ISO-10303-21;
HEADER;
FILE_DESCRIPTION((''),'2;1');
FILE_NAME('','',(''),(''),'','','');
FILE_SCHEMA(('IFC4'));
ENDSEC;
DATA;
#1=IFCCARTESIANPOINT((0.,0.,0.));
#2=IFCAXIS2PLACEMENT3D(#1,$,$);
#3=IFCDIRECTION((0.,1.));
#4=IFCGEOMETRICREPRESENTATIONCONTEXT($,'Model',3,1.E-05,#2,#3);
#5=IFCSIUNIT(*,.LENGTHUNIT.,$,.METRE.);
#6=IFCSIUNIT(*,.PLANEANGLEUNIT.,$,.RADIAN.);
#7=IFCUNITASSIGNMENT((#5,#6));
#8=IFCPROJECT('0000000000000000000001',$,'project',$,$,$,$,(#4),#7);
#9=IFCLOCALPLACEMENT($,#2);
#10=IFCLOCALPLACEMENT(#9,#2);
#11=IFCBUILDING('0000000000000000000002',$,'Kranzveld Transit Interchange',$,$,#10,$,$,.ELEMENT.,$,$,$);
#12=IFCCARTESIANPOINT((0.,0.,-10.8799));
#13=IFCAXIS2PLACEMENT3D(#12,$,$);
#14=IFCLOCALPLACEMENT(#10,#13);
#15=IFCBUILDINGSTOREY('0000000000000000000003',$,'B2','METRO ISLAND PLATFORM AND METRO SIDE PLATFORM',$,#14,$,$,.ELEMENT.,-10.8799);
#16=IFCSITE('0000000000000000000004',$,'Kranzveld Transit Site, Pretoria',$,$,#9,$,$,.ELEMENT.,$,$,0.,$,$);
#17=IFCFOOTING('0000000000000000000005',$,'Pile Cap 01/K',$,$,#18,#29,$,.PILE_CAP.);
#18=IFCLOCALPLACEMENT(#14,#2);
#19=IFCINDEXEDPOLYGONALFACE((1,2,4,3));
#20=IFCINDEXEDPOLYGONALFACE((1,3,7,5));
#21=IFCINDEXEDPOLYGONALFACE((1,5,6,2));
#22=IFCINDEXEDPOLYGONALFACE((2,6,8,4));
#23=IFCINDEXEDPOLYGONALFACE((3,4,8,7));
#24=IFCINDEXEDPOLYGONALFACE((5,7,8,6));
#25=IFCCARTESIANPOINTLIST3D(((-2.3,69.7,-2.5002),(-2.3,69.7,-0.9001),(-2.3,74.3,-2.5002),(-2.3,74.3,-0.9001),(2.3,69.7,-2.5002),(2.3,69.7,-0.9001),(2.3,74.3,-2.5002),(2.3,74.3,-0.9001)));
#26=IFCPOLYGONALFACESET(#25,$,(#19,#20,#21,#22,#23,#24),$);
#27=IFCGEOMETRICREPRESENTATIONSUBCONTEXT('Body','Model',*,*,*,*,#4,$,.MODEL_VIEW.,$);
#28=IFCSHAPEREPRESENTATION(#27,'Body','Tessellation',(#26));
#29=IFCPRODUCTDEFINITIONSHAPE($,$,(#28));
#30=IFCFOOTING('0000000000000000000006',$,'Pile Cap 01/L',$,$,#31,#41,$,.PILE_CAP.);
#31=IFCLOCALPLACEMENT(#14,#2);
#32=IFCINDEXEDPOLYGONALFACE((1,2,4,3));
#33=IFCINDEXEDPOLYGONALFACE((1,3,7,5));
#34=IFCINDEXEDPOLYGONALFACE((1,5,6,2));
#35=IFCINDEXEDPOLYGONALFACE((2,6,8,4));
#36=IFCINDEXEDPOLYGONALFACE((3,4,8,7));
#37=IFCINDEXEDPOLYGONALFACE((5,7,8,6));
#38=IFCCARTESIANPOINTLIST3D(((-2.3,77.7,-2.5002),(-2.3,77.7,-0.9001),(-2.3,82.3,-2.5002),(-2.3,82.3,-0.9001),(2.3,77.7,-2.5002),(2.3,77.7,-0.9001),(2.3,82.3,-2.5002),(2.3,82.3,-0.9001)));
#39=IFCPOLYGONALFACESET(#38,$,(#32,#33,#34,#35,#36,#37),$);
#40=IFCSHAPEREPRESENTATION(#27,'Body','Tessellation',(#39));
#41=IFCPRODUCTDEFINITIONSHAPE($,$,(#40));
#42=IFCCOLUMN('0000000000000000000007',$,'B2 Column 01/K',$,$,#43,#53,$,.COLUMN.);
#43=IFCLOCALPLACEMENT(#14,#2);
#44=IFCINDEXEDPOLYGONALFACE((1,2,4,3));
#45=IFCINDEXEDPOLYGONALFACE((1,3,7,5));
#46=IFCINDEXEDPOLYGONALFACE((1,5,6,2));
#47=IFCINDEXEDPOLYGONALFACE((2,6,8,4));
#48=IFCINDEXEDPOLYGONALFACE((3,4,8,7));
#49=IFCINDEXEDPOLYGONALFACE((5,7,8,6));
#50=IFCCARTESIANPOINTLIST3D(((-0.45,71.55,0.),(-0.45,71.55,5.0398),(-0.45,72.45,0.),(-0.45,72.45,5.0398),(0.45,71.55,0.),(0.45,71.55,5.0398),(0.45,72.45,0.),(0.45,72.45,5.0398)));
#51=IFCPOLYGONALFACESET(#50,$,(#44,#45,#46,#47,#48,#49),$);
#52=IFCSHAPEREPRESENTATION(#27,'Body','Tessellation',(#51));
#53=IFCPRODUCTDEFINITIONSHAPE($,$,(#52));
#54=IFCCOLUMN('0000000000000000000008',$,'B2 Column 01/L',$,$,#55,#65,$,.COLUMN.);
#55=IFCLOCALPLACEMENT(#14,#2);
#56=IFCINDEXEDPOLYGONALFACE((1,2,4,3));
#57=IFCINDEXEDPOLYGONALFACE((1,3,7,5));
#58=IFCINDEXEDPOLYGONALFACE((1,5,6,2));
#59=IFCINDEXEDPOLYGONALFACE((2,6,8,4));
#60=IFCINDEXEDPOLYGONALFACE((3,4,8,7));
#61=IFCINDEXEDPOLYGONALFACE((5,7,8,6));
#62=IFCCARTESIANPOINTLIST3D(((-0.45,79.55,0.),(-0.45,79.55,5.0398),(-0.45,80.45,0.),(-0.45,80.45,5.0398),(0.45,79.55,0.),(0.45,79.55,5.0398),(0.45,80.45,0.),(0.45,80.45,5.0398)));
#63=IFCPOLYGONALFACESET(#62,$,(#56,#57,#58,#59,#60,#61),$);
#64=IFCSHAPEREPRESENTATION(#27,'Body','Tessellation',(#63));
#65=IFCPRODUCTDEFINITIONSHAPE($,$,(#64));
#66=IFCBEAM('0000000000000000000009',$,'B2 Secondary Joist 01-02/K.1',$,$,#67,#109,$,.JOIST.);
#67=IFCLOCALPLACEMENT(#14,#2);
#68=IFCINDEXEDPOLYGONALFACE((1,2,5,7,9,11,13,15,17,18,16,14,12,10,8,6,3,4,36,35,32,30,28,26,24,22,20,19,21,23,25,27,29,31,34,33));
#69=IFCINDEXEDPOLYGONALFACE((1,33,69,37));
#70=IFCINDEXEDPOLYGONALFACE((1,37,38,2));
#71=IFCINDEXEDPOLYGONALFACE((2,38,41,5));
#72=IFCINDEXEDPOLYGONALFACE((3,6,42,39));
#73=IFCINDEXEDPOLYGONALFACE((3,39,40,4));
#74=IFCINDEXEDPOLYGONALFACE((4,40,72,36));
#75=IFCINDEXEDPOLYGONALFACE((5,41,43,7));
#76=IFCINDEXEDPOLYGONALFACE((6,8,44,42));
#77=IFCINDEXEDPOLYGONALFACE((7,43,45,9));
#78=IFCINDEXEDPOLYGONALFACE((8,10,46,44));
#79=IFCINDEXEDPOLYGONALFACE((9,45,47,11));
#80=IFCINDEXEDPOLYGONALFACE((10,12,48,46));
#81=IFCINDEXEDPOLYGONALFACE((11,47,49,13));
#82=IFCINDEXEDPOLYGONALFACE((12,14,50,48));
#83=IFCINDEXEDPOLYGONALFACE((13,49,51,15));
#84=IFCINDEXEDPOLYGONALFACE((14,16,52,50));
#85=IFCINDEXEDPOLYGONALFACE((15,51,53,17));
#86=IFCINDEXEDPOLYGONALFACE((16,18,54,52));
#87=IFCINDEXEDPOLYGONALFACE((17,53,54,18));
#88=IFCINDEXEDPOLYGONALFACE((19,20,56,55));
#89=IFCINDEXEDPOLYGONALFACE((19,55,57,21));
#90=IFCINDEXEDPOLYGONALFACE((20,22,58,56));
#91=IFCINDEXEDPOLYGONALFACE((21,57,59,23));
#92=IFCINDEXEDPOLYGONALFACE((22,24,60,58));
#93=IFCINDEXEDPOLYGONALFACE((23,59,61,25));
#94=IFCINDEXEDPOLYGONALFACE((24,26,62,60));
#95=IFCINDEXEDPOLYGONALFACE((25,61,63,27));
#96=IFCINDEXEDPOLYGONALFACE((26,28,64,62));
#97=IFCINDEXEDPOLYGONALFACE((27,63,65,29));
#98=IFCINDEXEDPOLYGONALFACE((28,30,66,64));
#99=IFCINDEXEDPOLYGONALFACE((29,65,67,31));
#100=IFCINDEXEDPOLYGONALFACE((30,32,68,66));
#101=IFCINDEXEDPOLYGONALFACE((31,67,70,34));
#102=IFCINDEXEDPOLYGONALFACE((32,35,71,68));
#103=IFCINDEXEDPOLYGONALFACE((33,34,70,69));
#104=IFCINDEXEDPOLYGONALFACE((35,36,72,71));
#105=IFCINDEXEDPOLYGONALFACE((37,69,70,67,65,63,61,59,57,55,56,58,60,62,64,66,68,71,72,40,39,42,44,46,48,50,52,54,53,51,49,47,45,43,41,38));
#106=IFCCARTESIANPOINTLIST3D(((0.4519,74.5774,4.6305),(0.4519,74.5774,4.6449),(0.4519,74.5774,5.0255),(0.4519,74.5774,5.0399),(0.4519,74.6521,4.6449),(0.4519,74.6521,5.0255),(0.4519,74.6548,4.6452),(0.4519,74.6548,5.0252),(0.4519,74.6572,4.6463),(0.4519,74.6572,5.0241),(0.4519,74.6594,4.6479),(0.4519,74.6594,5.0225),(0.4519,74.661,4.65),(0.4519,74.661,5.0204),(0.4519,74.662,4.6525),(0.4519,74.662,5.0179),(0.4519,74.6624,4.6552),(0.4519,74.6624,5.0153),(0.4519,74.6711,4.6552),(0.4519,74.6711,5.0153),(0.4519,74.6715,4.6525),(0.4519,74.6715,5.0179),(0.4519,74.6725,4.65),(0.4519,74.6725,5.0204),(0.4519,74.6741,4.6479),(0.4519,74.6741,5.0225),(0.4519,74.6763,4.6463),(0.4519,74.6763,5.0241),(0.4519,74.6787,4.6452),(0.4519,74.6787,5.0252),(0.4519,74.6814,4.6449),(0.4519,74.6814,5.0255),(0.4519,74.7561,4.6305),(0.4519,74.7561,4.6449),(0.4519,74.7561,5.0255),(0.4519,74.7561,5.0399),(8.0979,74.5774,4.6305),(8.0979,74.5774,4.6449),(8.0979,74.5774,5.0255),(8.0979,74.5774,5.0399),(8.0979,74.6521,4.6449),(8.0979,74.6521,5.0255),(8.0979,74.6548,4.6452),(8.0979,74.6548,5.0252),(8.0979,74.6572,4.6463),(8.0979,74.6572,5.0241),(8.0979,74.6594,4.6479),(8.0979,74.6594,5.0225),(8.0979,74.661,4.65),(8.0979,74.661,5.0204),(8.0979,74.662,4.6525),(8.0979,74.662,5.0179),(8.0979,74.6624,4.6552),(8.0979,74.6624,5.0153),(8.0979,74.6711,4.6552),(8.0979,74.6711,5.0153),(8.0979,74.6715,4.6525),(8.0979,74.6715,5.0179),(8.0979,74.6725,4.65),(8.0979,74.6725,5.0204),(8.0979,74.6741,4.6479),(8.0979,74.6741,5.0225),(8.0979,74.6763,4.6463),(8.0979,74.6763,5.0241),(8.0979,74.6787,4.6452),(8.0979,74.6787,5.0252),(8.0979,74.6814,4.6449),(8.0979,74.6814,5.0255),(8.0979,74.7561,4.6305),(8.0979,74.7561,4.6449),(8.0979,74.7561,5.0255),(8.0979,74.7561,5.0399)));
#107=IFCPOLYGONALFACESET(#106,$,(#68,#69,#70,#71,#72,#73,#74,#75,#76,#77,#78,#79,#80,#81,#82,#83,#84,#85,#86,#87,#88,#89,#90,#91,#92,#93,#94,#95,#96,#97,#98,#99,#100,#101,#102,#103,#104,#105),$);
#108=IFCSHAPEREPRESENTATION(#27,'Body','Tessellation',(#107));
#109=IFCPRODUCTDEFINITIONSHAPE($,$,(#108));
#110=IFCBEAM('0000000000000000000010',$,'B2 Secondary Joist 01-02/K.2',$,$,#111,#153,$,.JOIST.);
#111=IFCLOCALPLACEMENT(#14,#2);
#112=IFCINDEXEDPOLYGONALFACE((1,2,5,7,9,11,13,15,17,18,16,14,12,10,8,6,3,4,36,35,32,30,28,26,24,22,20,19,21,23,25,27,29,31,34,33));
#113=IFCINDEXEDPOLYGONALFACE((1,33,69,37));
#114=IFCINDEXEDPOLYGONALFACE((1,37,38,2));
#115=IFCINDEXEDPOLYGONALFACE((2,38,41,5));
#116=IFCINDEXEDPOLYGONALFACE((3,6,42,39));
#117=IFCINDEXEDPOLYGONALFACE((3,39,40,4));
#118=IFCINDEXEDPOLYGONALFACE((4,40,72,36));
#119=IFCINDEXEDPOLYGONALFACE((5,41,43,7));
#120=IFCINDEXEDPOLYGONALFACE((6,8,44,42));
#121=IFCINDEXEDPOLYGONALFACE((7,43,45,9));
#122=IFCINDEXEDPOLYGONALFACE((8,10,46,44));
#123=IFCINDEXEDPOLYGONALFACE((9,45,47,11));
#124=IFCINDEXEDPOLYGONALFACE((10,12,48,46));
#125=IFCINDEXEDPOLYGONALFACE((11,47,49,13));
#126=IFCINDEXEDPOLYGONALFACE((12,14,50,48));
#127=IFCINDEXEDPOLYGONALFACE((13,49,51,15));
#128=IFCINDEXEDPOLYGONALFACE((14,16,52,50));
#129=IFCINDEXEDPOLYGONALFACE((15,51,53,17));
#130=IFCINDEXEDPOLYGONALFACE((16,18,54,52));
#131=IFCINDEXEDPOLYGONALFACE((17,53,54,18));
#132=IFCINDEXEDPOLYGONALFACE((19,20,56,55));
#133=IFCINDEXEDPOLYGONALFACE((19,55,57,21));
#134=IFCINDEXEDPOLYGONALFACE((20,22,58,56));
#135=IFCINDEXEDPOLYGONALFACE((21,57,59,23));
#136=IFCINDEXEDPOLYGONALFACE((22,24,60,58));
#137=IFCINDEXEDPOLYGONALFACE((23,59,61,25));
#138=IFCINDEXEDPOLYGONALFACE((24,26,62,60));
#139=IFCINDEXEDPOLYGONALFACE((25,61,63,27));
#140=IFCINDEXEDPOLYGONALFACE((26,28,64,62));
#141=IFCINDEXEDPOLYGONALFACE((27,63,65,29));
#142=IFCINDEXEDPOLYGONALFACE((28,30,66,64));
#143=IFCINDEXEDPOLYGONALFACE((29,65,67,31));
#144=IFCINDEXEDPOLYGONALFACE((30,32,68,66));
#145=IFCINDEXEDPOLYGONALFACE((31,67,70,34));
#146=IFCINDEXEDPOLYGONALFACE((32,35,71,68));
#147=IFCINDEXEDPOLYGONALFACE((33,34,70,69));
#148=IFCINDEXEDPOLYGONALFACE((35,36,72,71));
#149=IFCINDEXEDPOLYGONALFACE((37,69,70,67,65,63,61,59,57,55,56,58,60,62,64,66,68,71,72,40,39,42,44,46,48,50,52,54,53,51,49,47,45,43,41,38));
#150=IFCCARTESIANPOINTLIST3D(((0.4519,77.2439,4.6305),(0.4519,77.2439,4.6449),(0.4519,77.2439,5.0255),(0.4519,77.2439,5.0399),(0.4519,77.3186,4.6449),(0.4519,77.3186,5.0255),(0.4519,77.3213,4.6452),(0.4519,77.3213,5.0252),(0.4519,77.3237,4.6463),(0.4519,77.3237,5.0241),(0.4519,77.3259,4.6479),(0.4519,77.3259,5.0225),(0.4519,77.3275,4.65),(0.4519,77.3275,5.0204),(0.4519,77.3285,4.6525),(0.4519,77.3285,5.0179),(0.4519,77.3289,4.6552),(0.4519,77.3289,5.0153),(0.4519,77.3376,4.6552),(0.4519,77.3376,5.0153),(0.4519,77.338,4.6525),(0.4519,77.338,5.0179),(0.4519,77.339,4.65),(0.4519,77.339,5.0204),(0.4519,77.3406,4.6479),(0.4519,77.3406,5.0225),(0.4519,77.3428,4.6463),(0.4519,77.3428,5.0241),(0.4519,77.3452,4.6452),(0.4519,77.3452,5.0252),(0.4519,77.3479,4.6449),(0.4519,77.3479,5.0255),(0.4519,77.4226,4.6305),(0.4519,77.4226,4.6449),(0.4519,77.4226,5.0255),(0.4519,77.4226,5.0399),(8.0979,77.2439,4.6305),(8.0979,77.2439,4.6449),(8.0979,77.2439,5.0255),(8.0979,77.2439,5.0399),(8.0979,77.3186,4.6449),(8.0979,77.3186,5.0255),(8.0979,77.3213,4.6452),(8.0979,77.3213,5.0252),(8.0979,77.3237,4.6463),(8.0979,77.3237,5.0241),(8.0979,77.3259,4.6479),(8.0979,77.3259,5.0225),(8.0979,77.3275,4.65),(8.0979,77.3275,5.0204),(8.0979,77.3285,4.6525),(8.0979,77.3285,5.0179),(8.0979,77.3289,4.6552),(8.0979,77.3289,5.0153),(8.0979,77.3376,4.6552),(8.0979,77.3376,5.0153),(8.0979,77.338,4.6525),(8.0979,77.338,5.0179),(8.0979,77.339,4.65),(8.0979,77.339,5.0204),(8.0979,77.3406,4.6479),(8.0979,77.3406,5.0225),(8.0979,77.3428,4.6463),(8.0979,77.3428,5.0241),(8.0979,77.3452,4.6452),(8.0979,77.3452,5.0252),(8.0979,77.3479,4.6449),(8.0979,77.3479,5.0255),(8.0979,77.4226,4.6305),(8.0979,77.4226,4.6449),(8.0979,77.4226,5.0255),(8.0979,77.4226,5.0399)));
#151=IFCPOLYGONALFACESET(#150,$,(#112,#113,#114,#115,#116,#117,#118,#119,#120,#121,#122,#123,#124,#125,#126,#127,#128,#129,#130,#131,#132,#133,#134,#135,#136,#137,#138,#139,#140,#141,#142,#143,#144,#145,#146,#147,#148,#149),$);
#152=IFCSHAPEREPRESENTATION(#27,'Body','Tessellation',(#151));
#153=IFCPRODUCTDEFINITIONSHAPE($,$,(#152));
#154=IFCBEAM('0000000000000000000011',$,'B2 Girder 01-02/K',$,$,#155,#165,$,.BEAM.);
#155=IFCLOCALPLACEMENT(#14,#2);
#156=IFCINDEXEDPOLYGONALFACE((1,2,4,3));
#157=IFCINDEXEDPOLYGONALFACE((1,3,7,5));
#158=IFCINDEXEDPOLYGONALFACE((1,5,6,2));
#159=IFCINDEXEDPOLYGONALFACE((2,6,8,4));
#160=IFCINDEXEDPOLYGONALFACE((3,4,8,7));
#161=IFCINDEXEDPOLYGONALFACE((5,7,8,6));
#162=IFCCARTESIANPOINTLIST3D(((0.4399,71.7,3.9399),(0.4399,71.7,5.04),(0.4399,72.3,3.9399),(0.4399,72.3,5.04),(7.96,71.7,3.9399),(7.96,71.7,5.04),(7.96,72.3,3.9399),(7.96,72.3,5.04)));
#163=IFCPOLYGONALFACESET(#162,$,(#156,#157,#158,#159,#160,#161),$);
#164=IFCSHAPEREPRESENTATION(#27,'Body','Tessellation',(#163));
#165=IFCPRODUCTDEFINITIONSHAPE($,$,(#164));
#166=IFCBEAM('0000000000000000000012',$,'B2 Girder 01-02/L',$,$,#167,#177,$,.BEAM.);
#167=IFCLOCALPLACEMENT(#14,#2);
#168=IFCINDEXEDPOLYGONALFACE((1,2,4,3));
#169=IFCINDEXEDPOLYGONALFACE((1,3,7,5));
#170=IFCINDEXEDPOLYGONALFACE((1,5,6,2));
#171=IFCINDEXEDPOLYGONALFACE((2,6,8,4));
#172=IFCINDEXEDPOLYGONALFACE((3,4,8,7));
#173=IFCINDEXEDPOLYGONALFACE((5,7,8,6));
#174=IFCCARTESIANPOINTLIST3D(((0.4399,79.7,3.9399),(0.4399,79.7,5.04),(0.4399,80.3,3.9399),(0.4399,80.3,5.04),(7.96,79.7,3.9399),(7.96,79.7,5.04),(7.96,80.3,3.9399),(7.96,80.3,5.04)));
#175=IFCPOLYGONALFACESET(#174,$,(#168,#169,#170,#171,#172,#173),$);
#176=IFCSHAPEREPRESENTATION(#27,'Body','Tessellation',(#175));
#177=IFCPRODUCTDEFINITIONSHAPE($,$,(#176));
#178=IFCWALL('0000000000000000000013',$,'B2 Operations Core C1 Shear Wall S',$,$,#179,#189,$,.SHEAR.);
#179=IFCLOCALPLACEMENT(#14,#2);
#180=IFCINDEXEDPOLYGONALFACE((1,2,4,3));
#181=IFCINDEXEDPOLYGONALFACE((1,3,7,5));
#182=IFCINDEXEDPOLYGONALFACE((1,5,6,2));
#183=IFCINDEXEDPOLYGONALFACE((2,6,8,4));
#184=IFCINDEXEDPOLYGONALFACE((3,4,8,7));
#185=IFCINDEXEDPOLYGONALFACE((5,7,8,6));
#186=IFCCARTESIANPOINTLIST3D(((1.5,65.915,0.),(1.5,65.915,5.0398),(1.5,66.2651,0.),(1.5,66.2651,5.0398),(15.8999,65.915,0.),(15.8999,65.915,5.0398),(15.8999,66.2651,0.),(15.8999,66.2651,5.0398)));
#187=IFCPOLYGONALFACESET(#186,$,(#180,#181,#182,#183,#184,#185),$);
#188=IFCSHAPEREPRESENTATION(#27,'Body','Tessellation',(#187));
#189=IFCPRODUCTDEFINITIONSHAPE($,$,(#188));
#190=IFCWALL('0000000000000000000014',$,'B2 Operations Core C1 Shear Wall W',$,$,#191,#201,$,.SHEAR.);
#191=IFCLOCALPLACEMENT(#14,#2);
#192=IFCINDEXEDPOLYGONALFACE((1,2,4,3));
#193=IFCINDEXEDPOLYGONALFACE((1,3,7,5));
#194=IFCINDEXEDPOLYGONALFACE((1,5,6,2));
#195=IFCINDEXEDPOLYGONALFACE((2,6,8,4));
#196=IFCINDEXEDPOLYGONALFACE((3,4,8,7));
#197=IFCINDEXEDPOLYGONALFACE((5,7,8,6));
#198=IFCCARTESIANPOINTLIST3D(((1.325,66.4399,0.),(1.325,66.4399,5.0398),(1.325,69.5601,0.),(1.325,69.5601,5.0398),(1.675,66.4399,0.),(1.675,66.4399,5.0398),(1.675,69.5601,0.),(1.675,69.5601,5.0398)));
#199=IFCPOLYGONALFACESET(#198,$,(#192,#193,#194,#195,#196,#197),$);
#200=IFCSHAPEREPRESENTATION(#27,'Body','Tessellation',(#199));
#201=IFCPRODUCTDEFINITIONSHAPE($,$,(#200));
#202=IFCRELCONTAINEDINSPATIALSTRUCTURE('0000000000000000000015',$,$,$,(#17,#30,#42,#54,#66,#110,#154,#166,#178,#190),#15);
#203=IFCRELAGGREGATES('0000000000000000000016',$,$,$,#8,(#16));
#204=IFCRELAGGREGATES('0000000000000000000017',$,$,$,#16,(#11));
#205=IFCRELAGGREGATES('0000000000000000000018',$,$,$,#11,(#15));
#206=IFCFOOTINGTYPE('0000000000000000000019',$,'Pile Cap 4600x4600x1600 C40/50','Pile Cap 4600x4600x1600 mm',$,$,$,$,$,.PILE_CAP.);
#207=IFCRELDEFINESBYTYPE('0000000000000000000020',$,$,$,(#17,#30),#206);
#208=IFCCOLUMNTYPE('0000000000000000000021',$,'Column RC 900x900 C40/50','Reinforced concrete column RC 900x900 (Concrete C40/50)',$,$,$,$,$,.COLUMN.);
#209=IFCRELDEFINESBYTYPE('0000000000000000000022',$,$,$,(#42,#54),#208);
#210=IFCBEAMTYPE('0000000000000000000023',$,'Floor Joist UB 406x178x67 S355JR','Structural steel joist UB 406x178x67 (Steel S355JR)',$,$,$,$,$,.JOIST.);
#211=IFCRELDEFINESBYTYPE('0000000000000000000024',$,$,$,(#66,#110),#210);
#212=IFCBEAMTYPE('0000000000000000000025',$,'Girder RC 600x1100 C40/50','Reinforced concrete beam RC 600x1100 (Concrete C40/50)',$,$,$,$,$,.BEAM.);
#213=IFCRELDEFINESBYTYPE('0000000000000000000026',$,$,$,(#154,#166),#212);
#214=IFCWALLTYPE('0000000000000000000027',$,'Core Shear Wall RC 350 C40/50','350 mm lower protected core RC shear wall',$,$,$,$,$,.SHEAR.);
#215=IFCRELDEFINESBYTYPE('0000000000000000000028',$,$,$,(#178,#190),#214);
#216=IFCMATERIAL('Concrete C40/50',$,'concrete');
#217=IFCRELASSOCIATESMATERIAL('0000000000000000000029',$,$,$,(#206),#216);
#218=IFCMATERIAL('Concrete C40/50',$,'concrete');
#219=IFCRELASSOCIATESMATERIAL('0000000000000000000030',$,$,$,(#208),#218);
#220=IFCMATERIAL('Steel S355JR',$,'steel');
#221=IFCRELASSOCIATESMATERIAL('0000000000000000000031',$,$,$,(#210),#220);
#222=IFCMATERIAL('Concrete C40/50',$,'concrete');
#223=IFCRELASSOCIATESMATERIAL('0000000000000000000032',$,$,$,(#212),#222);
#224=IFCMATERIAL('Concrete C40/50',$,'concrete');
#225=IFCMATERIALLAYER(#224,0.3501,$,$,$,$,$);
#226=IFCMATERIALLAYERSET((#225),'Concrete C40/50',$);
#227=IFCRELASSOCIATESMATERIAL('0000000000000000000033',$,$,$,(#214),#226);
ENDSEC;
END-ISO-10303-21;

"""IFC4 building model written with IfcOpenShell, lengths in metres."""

from ifc_helpers import new_model, si_unit, direction, frame, frame_2d, origin, origin_2d, place, context, subcontext, project, spatial, rectangle, i_section, extrude, material, layer, layer_set, material_profile, profile_set, type_object, element, save


model = new_model("IFC4")

# Units and contexts
model_context = context("Model", 3, precision=1e-05, world=origin(), true_north=direction((0.0, 1.0)))
body_context = subcontext(model_context, "Body", "Model", "MODEL_VIEW")
ifc_project = project(units=[si_unit("LENGTHUNIT", "METRE"), si_unit("PLANEANGLEUNIT", "RADIAN")], contexts=[model_context])

# Site, building, storey
site_placement = place(None, origin())
site = spatial("IfcSite", under=ifc_project, at=site_placement, Name="Kranzveld Transit Site, Pretoria", CompositionType="ELEMENT", RefElevation=0.0)
building_placement = place(site_placement, origin())
building = spatial("IfcBuilding", under=site, at=building_placement, Name="Kranzveld Transit Interchange", CompositionType="ELEMENT")
storey_placement = place(building_placement, frame((0.0, 0.0, -10.8799)))
storey = spatial("IfcBuildingStorey", under=building, at=storey_placement, Name="B2", Description="METRO ISLAND PLATFORM AND METRO SIDE PLATFORM", CompositionType="ELEMENT", Elevation=-10.8799)

# Footings
ifc_material_1 = material(Name="Concrete C40/50", Category="concrete")
footing_type = type_object("IfcFootingType", Name="Pile Cap 4600x4600x1600 C40/50", Description="Pile Cap 4600x4600x1600 mm", PredefinedType="PILE_CAP", material=ifc_material_1)
for number, where, z_axis, x_axis, name in (
    (1, (0.0, 72.0, -2.5002), (0.0, 0.0, 1.0), (1.0, 0.0, 0.0), "Pile Cap 01/K"),
    (2, (0.0, 80.0, -2.5002), (0.0, 0.0, 1.0), (1.0, 0.0, 0.0), "Pile Cap 01/L"),
):
    element("IfcFooting", number, at=place(storey_placement, frame(where, z_axis=z_axis, x_axis=x_axis)), inside=storey, type_object=footing_type, Name=name, PredefinedType="PILE_CAP", context=body_context, shape_type="SweptSolid", body=[
        extrude(rectangle(XDim=4.6001, YDim=4.6001, at=origin_2d()), origin(), (0.0, 0.0, 1.0), 1.6001),
    ])

# Columns
ifc_material_2 = material(Name="Concrete C40/50", Category="concrete")
ifc_material_profile_1 = material_profile(ifc_material_2, rectangle(XDim=0.8999, YDim=0.8999, at=origin_2d()), Name="RC 900x900")
ifc_profile_set_1 = profile_set([ifc_material_profile_1], Name="Concrete C40/50")
column_type = type_object("IfcColumnType", Name="Column RC 900x900 C40/50", Description="Reinforced concrete column RC 900x900 (Concrete C40/50)", PredefinedType="COLUMN", material=ifc_profile_set_1)
for number, where, z_axis, x_axis, name in (
    (3, (0.0, 72.0, 0.0), (0.0, 0.0, 1.0), (1.0, 0.0, 0.0), "B2 Column 01/K"),
    (4, (0.0, 80.0, 0.0), (0.0, 0.0, 1.0), (1.0, 0.0, 0.0), "B2 Column 01/L"),
):
    element("IfcColumn", number, at=place(storey_placement, frame(where, z_axis=z_axis, x_axis=x_axis)), inside=storey, type_object=column_type, Name=name, PredefinedType="COLUMN", context=body_context, shape_type="SweptSolid", body=[
        extrude(rectangle(XDim=0.8999, YDim=0.8999, at=origin_2d()), origin(), (0.0, 0.0, 1.0), 5.0398),
    ])

# Beams
ifc_material_3 = material(Name="Steel S355JR", Category="steel")
ifc_material_profile_2 = material_profile(ifc_material_3, i_section(OverallWidth=0.1787, OverallDepth=0.4094, WebThickness=0.0088, FlangeThickness=0.0144, FilletRadius=0.0103, at=origin_2d()), Name="UB 406x178x67")
ifc_profile_set_2 = profile_set([ifc_material_profile_2], Name="Steel S355JR")
beam_type_1 = type_object("IfcBeamType", Name="Floor Joist UB 406x178x67 S355JR", Description="Structural steel joist UB 406x178x67 (Steel S355JR)", PredefinedType="JOIST", material=ifc_profile_set_2)
for number, where, z_axis, x_axis, name in (
    (5, (0.4519, 74.6667, 4.8352), (1.0, 0.0, 0.0), (0.0, 1.0, 0.0), "B2 Secondary Joist 01-02/K.1"),
    (6, (0.4519, 77.3333, 4.8352), (1.0, 0.0, 0.0), (0.0, 1.0, 0.0), "B2 Secondary Joist 01-02/K.2"),
):
    element("IfcBeam", number, at=place(storey_placement, frame(where, z_axis=z_axis, x_axis=x_axis)), inside=storey, type_object=beam_type_1, Name=name, PredefinedType="JOIST", context=body_context, shape_type="SweptSolid", body=[
        extrude(i_section(OverallWidth=0.1787, OverallDepth=0.4094, WebThickness=0.0088, FlangeThickness=0.0144, FilletRadius=0.0103, at=origin_2d()), origin(), (0.0, 0.0, 1.0), 7.646),
    ])
ifc_material_4 = material(Name="Concrete C40/50", Category="concrete")
ifc_material_profile_3 = material_profile(ifc_material_4, rectangle(XDim=0.6001, YDim=1.1001, at=origin_2d()), Name="RC 600x1100")
ifc_profile_set_3 = profile_set([ifc_material_profile_3], Name="Concrete C40/50")
beam_type_2 = type_object("IfcBeamType", Name="Girder RC 600x1100 C40/50", Description="Reinforced concrete beam RC 600x1100 (Concrete C40/50)", PredefinedType="BEAM", material=ifc_profile_set_3)
for number, where, z_axis, x_axis, name in (
    (7, (0.4399, 72.0, 4.49), (1.0, 0.0, 0.0), (0.0, 1.0, 0.0), "B2 Girder 01-02/K"),
    (8, (0.4399, 80.0, 4.49), (1.0, 0.0, 0.0), (0.0, 1.0, 0.0), "B2 Girder 01-02/L"),
):
    element("IfcBeam", number, at=place(storey_placement, frame(where, z_axis=z_axis, x_axis=x_axis)), inside=storey, type_object=beam_type_2, Name=name, PredefinedType="BEAM", context=body_context, shape_type="SweptSolid", body=[
        extrude(rectangle(XDim=0.6001, YDim=1.1001, at=origin_2d()), origin(), (0.0, 0.0, 1.0), 7.52),
    ])

# Wall
ifc_material_5 = material(Name="Concrete C40/50", Category="concrete")
ifc_layer_1 = layer(ifc_material_5, 0.3501)
ifc_layer_set_1 = layer_set([ifc_layer_1], Name="Concrete C40/50")
wall_type_1 = type_object("IfcWallType", Name="Core Shear Wall RC 350 C40/50", Description="350 mm lower protected core RC shear wall", PredefinedType="SHEAR", material=ifc_layer_set_1)
wall_1_placement = place(storey_placement, frame((1.5, 66.0901, 0.0), z_axis=(0.0, 0.0, 1.0), x_axis=(1.0, 0.0, 0.0)))
element("IfcWall", 9, at=wall_1_placement, inside=storey, type_object=wall_type_1, Name="B2 Operations Core C1 Shear Wall S", PredefinedType="SHEAR", context=body_context, shape_type="SweptSolid", body=[
    extrude(rectangle(XDim=14.3999, YDim=0.3501, at=frame_2d((7.2, 0.0))), origin(), (0.0, 0.0, 1.0), 5.0398),
])

# Wall
wall_2_placement = place(storey_placement, frame((1.5, 66.4399, 0.0), z_axis=(0.0, 0.0, 1.0), x_axis=(0.0, 1.0, 0.0)))
element("IfcWall", 10, at=wall_2_placement, inside=storey, type_object=wall_type_1, Name="B2 Operations Core C1 Shear Wall W", PredefinedType="SHEAR", context=body_context, shape_type="SweptSolid", body=[
    extrude(rectangle(XDim=3.1201, YDim=0.3501, at=frame_2d((1.5601, 0.0))), origin(), (0.0, 0.0, 1.0), 5.0398),
])

save(model, "model.ifc")
